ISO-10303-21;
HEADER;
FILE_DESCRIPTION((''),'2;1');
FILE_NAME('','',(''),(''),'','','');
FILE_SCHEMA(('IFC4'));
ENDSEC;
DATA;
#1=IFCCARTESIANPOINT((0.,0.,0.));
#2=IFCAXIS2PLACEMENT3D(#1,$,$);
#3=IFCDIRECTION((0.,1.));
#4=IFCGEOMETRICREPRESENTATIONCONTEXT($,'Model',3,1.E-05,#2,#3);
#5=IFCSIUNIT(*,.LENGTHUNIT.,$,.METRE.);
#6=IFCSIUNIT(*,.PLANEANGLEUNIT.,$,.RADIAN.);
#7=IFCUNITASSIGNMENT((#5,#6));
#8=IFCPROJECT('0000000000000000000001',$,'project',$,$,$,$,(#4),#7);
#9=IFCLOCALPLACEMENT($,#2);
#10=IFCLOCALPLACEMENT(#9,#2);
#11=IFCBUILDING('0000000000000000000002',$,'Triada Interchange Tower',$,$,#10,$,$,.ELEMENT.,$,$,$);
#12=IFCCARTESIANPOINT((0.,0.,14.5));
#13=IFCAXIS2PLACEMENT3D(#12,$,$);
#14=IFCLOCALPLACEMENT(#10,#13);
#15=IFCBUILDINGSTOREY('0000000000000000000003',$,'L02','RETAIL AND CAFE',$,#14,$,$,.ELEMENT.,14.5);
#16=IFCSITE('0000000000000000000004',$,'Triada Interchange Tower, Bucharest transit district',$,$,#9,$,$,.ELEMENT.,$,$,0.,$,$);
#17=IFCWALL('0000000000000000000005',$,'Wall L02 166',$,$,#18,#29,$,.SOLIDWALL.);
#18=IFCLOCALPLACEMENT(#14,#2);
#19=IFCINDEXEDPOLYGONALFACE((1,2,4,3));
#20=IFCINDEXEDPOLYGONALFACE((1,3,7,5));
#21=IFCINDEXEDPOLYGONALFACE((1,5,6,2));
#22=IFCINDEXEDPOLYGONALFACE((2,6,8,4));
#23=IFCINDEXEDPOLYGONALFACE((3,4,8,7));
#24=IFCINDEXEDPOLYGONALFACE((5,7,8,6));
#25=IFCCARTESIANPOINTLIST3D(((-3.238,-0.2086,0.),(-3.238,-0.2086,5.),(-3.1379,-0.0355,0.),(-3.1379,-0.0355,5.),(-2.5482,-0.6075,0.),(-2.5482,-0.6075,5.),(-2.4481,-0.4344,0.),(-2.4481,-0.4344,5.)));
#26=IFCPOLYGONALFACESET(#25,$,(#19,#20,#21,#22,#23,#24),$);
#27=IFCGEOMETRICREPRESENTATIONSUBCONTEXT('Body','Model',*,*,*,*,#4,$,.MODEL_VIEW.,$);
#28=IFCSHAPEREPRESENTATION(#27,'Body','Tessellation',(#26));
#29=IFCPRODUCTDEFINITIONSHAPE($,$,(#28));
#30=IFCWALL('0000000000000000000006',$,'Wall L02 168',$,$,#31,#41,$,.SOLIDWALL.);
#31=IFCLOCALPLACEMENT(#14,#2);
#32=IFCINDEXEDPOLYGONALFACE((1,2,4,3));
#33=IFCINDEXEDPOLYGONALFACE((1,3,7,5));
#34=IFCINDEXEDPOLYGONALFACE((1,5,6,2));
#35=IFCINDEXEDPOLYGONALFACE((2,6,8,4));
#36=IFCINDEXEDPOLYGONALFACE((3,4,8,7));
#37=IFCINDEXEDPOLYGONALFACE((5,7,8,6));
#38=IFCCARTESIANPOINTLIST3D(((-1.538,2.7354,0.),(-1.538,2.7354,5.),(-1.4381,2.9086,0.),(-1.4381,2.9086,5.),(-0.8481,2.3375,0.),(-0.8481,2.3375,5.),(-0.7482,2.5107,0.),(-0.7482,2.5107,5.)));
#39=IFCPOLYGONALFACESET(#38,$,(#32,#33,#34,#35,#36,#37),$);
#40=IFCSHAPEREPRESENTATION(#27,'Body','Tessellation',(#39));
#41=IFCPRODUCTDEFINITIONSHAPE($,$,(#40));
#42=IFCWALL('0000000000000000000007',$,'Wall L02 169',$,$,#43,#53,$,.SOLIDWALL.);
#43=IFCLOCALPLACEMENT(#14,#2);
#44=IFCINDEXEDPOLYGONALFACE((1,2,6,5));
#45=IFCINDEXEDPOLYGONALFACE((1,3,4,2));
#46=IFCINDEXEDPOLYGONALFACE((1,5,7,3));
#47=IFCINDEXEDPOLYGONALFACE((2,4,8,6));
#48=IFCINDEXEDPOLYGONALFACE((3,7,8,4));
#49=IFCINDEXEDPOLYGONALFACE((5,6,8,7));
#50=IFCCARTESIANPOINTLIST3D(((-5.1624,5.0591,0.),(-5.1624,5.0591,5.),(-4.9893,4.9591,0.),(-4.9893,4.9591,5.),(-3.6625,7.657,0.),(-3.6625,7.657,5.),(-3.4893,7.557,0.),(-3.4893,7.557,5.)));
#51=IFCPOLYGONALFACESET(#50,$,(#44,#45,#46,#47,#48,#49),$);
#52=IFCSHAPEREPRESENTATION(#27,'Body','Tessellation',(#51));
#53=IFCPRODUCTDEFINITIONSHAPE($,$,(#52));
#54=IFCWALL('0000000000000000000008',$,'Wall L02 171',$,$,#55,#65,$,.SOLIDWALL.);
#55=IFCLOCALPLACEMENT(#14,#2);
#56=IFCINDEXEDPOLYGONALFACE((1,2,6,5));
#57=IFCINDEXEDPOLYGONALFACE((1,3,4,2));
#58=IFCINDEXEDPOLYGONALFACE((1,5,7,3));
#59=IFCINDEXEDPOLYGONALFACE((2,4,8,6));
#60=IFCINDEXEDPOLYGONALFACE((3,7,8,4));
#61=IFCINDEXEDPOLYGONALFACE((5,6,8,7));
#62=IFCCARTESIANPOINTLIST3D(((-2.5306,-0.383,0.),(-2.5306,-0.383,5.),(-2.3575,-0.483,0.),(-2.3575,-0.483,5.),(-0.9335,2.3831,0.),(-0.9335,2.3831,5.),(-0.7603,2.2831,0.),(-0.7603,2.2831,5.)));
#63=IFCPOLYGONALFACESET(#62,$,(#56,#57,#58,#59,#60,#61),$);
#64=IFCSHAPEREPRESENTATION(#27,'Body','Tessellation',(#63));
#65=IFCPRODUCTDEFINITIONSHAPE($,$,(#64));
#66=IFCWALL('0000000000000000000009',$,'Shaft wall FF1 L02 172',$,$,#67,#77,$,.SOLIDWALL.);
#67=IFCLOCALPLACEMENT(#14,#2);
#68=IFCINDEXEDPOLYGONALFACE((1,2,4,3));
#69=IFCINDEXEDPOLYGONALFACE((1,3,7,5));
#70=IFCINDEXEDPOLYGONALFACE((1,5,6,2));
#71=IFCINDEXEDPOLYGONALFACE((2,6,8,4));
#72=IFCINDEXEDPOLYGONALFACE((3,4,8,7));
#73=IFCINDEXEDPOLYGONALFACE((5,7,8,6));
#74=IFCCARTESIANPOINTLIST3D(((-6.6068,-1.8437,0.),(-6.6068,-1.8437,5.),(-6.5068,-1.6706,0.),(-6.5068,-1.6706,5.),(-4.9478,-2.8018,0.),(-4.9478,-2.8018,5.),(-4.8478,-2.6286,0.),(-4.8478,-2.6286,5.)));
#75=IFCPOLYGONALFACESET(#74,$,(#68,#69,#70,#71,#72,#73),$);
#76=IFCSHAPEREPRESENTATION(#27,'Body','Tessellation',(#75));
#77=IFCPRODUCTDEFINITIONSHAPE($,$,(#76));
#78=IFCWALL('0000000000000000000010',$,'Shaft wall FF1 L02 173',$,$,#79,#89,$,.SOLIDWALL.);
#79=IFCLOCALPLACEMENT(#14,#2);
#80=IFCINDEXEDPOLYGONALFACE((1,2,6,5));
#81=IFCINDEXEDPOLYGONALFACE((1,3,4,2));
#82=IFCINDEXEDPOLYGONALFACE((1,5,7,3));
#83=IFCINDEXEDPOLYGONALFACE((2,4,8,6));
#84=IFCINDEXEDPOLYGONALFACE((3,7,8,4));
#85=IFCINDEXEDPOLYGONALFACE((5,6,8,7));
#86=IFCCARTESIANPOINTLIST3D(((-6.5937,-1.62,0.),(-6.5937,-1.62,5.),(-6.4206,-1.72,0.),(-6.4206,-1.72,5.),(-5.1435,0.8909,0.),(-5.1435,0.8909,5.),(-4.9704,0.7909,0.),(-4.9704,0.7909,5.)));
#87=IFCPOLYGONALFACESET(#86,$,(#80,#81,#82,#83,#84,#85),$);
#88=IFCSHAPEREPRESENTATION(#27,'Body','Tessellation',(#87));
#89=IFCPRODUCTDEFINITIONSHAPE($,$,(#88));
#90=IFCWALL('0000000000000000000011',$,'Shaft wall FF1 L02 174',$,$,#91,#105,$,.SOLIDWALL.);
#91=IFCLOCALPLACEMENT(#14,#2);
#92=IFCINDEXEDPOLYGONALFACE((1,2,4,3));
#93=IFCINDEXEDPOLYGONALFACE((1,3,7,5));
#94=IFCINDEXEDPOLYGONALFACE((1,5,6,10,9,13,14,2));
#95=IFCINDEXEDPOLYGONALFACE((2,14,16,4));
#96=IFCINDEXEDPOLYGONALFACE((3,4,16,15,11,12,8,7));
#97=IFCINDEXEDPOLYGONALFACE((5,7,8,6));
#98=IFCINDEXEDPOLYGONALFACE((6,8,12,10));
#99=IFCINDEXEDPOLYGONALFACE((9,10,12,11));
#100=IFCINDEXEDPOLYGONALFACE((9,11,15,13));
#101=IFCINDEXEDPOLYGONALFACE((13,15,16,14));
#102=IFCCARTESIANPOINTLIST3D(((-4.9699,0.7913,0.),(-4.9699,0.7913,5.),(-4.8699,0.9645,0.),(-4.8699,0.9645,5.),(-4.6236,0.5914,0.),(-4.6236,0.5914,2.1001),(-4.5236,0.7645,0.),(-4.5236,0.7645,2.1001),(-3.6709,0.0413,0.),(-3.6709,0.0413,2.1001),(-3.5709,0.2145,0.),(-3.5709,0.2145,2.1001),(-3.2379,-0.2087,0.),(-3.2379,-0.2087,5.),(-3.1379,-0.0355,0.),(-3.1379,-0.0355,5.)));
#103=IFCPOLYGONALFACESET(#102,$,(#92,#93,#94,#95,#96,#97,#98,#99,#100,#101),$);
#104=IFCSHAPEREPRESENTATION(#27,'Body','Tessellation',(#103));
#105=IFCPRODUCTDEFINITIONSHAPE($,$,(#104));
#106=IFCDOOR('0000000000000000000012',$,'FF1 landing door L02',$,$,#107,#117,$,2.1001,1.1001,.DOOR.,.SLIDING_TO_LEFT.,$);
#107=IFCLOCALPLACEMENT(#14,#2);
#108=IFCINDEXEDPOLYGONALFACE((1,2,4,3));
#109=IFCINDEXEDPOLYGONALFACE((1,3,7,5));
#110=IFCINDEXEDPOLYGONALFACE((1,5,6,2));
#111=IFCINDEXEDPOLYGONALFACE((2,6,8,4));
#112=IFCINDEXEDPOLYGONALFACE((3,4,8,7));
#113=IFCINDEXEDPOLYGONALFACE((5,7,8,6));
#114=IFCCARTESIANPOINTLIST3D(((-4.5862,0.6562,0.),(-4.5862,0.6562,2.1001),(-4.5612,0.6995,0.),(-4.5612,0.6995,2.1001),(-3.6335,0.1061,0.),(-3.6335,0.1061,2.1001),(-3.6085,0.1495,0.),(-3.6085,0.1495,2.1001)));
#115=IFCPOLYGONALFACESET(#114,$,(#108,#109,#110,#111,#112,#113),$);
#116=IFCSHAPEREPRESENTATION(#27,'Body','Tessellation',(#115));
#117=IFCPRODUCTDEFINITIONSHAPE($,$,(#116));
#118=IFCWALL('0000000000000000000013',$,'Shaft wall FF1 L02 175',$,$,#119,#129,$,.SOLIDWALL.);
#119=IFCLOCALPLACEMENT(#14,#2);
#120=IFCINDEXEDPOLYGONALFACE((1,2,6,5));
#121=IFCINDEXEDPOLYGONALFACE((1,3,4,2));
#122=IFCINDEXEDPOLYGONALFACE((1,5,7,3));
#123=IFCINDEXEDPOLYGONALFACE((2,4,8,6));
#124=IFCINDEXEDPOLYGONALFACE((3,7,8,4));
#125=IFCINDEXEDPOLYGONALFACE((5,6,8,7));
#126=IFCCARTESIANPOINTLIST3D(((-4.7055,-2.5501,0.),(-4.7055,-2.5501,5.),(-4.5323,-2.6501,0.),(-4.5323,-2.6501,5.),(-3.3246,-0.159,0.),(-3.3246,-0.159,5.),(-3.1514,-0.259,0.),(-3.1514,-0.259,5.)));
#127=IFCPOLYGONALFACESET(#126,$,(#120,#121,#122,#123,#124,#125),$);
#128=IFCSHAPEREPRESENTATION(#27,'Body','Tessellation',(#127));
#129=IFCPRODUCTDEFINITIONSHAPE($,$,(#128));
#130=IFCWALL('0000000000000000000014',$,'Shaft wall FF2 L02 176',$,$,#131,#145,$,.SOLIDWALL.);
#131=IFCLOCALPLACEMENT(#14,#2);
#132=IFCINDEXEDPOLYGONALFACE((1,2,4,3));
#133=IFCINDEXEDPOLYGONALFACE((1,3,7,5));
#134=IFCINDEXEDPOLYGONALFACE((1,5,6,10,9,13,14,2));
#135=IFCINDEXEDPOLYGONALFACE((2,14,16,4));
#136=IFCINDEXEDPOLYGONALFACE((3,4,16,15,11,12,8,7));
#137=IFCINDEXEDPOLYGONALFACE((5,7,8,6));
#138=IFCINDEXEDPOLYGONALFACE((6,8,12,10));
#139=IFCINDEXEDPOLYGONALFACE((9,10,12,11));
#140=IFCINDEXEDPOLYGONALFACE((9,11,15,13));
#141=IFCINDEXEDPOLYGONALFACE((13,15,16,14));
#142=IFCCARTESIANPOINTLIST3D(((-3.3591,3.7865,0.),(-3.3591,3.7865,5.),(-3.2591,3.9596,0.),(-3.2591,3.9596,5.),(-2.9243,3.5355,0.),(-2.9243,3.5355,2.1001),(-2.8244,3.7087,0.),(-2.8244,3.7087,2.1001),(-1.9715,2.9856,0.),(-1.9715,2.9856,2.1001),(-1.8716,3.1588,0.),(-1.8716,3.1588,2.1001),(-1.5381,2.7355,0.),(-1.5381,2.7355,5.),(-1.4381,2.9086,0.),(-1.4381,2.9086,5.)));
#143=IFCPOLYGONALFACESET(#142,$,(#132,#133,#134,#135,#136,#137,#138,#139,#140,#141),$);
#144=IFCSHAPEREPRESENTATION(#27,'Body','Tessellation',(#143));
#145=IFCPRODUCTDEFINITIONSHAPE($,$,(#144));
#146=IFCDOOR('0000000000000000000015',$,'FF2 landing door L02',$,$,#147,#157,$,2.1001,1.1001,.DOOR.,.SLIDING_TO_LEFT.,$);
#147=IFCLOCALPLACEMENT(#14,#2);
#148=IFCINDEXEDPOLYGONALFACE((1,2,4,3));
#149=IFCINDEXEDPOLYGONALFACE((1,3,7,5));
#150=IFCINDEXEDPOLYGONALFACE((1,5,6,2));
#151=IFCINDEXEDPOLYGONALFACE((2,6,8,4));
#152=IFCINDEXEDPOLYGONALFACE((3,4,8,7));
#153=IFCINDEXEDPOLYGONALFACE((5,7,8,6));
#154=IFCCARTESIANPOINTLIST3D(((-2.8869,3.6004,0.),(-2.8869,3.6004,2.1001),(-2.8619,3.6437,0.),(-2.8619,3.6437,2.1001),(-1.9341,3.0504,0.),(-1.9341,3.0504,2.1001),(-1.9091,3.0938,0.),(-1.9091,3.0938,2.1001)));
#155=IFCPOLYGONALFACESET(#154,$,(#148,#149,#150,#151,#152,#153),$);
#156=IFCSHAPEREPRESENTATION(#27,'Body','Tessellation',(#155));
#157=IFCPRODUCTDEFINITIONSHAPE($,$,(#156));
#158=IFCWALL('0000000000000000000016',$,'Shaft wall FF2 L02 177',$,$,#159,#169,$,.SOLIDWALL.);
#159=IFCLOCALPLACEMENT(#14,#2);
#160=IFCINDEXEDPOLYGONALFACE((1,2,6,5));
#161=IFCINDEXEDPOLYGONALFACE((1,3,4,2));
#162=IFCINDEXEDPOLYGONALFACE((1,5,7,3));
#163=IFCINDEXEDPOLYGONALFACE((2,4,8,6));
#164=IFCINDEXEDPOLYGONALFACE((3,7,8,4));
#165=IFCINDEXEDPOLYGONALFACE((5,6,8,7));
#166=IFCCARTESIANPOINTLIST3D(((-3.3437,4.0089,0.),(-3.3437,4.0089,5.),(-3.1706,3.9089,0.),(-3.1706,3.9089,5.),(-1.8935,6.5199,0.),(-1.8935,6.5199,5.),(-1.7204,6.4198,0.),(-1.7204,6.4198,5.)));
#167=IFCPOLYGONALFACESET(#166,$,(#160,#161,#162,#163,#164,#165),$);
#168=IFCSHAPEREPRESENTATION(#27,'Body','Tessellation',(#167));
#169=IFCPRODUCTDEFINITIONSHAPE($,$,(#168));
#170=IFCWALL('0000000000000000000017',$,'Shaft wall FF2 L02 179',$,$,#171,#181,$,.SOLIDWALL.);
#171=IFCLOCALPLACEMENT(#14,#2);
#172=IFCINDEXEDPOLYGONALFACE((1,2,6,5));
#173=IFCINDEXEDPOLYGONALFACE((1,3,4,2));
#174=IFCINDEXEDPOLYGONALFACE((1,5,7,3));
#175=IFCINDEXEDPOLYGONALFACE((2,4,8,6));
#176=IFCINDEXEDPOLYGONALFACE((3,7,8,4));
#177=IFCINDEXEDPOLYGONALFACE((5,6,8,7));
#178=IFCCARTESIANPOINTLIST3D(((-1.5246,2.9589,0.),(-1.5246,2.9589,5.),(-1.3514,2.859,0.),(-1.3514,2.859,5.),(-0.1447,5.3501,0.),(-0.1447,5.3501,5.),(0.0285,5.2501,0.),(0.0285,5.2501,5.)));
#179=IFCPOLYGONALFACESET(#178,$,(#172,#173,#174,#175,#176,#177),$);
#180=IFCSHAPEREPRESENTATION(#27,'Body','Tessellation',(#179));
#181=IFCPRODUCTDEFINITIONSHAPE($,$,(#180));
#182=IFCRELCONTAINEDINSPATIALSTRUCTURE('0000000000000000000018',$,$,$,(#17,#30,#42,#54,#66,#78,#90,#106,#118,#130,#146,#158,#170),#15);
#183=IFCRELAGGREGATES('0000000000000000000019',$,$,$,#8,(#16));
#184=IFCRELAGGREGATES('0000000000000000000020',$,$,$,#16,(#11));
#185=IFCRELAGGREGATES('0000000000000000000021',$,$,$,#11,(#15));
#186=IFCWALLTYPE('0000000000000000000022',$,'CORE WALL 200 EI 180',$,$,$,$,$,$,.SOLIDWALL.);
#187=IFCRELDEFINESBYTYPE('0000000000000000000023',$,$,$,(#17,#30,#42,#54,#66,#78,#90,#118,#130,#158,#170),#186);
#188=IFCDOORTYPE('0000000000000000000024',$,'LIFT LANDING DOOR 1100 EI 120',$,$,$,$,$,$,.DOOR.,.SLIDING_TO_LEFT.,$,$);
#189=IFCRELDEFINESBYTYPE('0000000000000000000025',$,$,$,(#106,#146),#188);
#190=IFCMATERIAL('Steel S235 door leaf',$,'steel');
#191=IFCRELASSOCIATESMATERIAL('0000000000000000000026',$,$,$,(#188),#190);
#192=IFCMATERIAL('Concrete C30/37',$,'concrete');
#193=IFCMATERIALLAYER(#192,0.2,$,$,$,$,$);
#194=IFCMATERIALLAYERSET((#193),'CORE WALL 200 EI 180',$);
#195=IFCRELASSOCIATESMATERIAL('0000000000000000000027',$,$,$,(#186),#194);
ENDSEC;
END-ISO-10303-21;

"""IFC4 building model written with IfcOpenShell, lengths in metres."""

from ifc_helpers import new_model, si_unit, direction, frame, frame_2d, origin, place, context, subcontext, project, spatial, rectangle, extrude, material, layer, layer_set, type_object, element, fill, save


model = new_model("IFC4")

# Units and contexts
model_context = context("Model", 3, precision=1e-05, world=origin(), true_north=direction((0.0, 1.0)))
body_context = subcontext(model_context, "Body", "Model", "MODEL_VIEW")
ifc_project = project(units=[si_unit("LENGTHUNIT", "METRE"), si_unit("PLANEANGLEUNIT", "RADIAN")], contexts=[model_context])

# Site, building, storey
site_placement = place(None, origin())
site = spatial("IfcSite", under=ifc_project, at=site_placement, Name="Triada Interchange Tower, Bucharest transit district", CompositionType="ELEMENT", RefElevation=0.0)
building_placement = place(site_placement, origin())
building = spatial("IfcBuilding", under=site, at=building_placement, Name="Triada Interchange Tower", CompositionType="ELEMENT")
storey_placement = place(building_placement, frame((0.0, 0.0, 14.5)))
storey = spatial("IfcBuildingStorey", under=building, at=storey_placement, Name="L02", Description="RETAIL AND CAFE", CompositionType="ELEMENT", Elevation=14.5)

# Shared definitions
ifc_material_1 = material(Name="Concrete C30/37", Category="concrete")

# Shared definitions
ifc_material_2 = material(Name="Steel S235 door leaf", Category="steel")
door_type = type_object("IfcDoorType", Name="LIFT LANDING DOOR 1100 EI 120", OperationType="SLIDING_TO_LEFT", PredefinedType="DOOR", material=ifc_material_2)

# Walls
ifc_layer_1 = layer(ifc_material_1, 0.2)
ifc_layer_set_1 = layer_set([ifc_layer_1], Name="CORE WALL 200 EI 180")
wall_type_1 = type_object("IfcWallType", Name="CORE WALL 200 EI 180", PredefinedType="SOLIDWALL", material=ifc_layer_set_1)
wall_1_placement = place(storey_placement, frame((-3.188, -0.1221, 0.0), z_axis=(0.0, 0.0, 1.0), x_axis=(0.865706, -0.500553, 0.0)))
element("IfcWall", 1, at=wall_1_placement, inside=storey, type_object=wall_type_1, Name="Wall L02 166", PredefinedType="SOLIDWALL", context=body_context, shape_type="SweptSolid", body=[
    extrude(rectangle(XDim=0.7969, YDim=0.2, at=frame_2d((0.3984, 0.0))), origin(), (0.0, 0.0, 1.0), 5.0),
])
wall_2_placement = place(storey_placement, frame((-1.488, 2.822, 0.0), z_axis=(0.0, 0.0, 1.0), x_axis=(0.866237, -0.499634, 0.0)))
element("IfcWall", 2, at=wall_2_placement, inside=storey, type_object=wall_type_1, Name="Wall L02 168", PredefinedType="SOLIDWALL", context=body_context, shape_type="SweptSolid", body=[
    extrude(rectangle(XDim=0.7964, YDim=0.2, at=frame_2d((0.3982, 0.0))), origin(), (0.0, 0.0, 1.0), 5.0),
])
wall_3_placement = place(storey_placement, frame((-5.0759, 5.009, 0.0), z_axis=(0.0, 0.0, 1.0), x_axis=(0.500025, 0.866011, 0.0)))
element("IfcWall", 3, at=wall_3_placement, inside=storey, type_object=wall_type_1, Name="Wall L02 169", PredefinedType="SOLIDWALL", context=body_context, shape_type="SweptSolid", body=[
    extrude(rectangle(XDim=2.9998, YDim=0.2, at=frame_2d((1.5, 0.0))), origin(), (0.0, 0.0, 1.0), 5.0),
])
wall_4_placement = place(storey_placement, frame((-2.4441, -0.4331, 0.0), z_axis=(0.0, 0.0, 1.0), x_axis=(0.500036, 0.866005, 0.0)))
element("IfcWall", 4, at=wall_4_placement, inside=storey, type_object=wall_type_1, Name="Wall L02 171", PredefinedType="SOLIDWALL", context=body_context, shape_type="SweptSolid", body=[
    extrude(rectangle(XDim=3.1941, YDim=0.2, at=frame_2d((1.5972, 0.0))), origin(), (0.0, 0.0, 1.0), 5.0),
])
wall_5_placement = place(storey_placement, frame((-6.5569, -1.7571, 0.0), z_axis=(0.0, 0.0, 1.0), x_axis=(0.865975, -0.500086, 0.0)))
element("IfcWall", 5, at=wall_5_placement, inside=storey, type_object=wall_type_1, Name="Shaft wall FF1 L02 172", PredefinedType="SOLIDWALL", context=body_context, shape_type="SweptSolid", body=[
    extrude(rectangle(XDim=1.9158, YDim=0.2, at=frame_2d((0.958, 0.0))), origin(), (0.0, 0.0, 1.0), 5.0),
])
wall_6_placement = place(storey_placement, frame((-6.5071, -1.6699, 0.0), z_axis=(0.0, 0.0, 1.0), x_axis=(0.500123, 0.865954, 0.0)))
element("IfcWall", 6, at=wall_6_placement, inside=storey, type_object=wall_type_1, Name="Shaft wall FF1 L02 173", PredefinedType="SOLIDWALL", context=body_context, shape_type="SweptSolid", body=[
    extrude(rectangle(XDim=2.8997, YDim=0.2, at=frame_2d((1.4497, 0.0))), origin(), (0.0, 0.0, 1.0), 5.0),
])

# Wall, opening, door
wall_7_placement = place(storey_placement, frame((-4.9199, 0.8779, 0.0), z_axis=(0.0, 0.0, 1.0), x_axis=(0.866011, -0.500025, 0.0)))
wall_7 = element("IfcWall", 7, at=wall_7_placement, inside=storey, type_object=wall_type_1, Name="Shaft wall FF1 L02 174", PredefinedType="SOLIDWALL", context=body_context, shape_type="SweptSolid", body=[
    extrude(rectangle(XDim=2.0, YDim=0.2, at=frame_2d((1.0, 0.0))), origin(), (0.0, 0.0, 1.0), 5.0),
])
opening_1_placement = place(wall_7_placement, frame((0.3999, 0.0, 0.0)))
opening_1 = element("IfcOpeningElement", 8, at=opening_1_placement, cuts=wall_7, PredefinedType="OPENING", context=body_context, shape_type="SweptSolid", body=[
    extrude(rectangle(XDim=1.1001, YDim=2.1001, at=frame_2d((0.55, 1.05))), frame((0.0, 0.1099, 0.0), z_axis=(0.0, -1.0, 0.0), x_axis=(1.0, 0.0, 0.0)), (0.0, 0.0, 1.0), 0.22),
])
door_1_placement = place(opening_1_placement, origin())
door_1 = element("IfcDoor", 9, at=door_1_placement, inside=storey, type_object=door_type, Name="FF1 landing door L02", OperationType="SLIDING_TO_LEFT", OverallHeight=2.1001, OverallWidth=1.1001, PredefinedType="DOOR", context=body_context, shape_type="SweptSolid", body=[
    extrude(rectangle(XDim=1.1001, YDim=2.1001, at=frame_2d((0.55, 1.05))), frame((0.0, 0.0249, 0.0), z_axis=(0.0, -1.0, 0.0), x_axis=(1.0, 0.0, 0.0)), (0.0, 0.0, 1.0), 0.05),
])
fill(opening_1, door_1)

# Wall
wall_8_placement = place(storey_placement, frame((-4.6189, -2.6001, 0.0), z_axis=(0.0, 0.0, 1.0), x_axis=(0.500095, 0.865971, 0.0)))
element("IfcWall", 10, at=wall_8_placement, inside=storey, type_object=wall_type_1, Name="Shaft wall FF1 L02 175", PredefinedType="SOLIDWALL", context=body_context, shape_type="SweptSolid", body=[
    extrude(rectangle(XDim=2.7612, YDim=0.2, at=frame_2d((1.3806, 0.0))), origin(), (0.0, 0.0, 1.0), 5.0),
])

# Wall, opening, door
wall_9_placement = place(storey_placement, frame((-3.3091, 3.873, 0.0), z_axis=(0.0, 0.0, 1.0), x_axis=(0.866099, -0.499873, 0.0)))
wall_9 = element("IfcWall", 11, at=wall_9_placement, inside=storey, type_object=wall_type_1, Name="Shaft wall FF2 L02 176", PredefinedType="SOLIDWALL", context=body_context, shape_type="SweptSolid", body=[
    extrude(rectangle(XDim=2.1025, YDim=0.2, at=frame_2d((1.0513, 0.0))), origin(), (0.0, 0.0, 1.0), 5.0),
])
opening_2_placement = place(wall_9_placement, frame((0.502, 0.0, 0.0)))
opening_2 = element("IfcOpeningElement", 12, at=opening_2_placement, cuts=wall_9, PredefinedType="OPENING", context=body_context, shape_type="SweptSolid", body=[
    extrude(rectangle(XDim=1.1001, YDim=2.1001, at=frame_2d((0.55, 1.05))), frame((0.0, 0.1099, 0.0), z_axis=(0.0, -1.0, 0.0), x_axis=(1.0, 0.0, 0.0)), (0.0, 0.0, 1.0), 0.22),
])
door_2_placement = place(opening_2_placement, origin())
door_2 = element("IfcDoor", 13, at=door_2_placement, inside=storey, type_object=door_type, Name="FF2 landing door L02", OperationType="SLIDING_TO_LEFT", OverallHeight=2.1001, OverallWidth=1.1001, PredefinedType="DOOR", context=body_context, shape_type="SweptSolid", body=[
    extrude(rectangle(XDim=1.1001, YDim=2.1001, at=frame_2d((0.55, 1.05))), frame((0.0, 0.0249, 0.0), z_axis=(0.0, -1.0, 0.0), x_axis=(1.0, 0.0, 0.0)), (0.0, 0.0, 1.0), 0.05),
])
fill(opening_2, door_2)

# Walls
wall_10_placement = place(storey_placement, frame((-3.2571, 3.959, 0.0), z_axis=(0.0, 0.0, 1.0), x_axis=(0.500123, 0.865954, 0.0)))
element("IfcWall", 14, at=wall_10_placement, inside=storey, type_object=wall_type_1, Name="Shaft wall FF2 L02 177", PredefinedType="SOLIDWALL", context=body_context, shape_type="SweptSolid", body=[
    extrude(rectangle(XDim=2.8997, YDim=0.2, at=frame_2d((1.4497, 0.0))), origin(), (0.0, 0.0, 1.0), 5.0),
])
wall_11_placement = place(storey_placement, frame((-1.438, 2.9089, 0.0), z_axis=(0.0, 0.0, 1.0), x_axis=(0.49983, 0.866124, 0.0)))
element("IfcWall", 15, at=wall_11_placement, inside=storey, type_object=wall_type_1, Name="Shaft wall FF2 L02 179", PredefinedType="SOLIDWALL", context=body_context, shape_type="SweptSolid", body=[
    extrude(rectangle(XDim=2.7607, YDim=0.2, at=frame_2d((1.3804, 0.0))), origin(), (0.0, 0.0, 1.0), 5.0),
])

save(model, "model.ifc")
